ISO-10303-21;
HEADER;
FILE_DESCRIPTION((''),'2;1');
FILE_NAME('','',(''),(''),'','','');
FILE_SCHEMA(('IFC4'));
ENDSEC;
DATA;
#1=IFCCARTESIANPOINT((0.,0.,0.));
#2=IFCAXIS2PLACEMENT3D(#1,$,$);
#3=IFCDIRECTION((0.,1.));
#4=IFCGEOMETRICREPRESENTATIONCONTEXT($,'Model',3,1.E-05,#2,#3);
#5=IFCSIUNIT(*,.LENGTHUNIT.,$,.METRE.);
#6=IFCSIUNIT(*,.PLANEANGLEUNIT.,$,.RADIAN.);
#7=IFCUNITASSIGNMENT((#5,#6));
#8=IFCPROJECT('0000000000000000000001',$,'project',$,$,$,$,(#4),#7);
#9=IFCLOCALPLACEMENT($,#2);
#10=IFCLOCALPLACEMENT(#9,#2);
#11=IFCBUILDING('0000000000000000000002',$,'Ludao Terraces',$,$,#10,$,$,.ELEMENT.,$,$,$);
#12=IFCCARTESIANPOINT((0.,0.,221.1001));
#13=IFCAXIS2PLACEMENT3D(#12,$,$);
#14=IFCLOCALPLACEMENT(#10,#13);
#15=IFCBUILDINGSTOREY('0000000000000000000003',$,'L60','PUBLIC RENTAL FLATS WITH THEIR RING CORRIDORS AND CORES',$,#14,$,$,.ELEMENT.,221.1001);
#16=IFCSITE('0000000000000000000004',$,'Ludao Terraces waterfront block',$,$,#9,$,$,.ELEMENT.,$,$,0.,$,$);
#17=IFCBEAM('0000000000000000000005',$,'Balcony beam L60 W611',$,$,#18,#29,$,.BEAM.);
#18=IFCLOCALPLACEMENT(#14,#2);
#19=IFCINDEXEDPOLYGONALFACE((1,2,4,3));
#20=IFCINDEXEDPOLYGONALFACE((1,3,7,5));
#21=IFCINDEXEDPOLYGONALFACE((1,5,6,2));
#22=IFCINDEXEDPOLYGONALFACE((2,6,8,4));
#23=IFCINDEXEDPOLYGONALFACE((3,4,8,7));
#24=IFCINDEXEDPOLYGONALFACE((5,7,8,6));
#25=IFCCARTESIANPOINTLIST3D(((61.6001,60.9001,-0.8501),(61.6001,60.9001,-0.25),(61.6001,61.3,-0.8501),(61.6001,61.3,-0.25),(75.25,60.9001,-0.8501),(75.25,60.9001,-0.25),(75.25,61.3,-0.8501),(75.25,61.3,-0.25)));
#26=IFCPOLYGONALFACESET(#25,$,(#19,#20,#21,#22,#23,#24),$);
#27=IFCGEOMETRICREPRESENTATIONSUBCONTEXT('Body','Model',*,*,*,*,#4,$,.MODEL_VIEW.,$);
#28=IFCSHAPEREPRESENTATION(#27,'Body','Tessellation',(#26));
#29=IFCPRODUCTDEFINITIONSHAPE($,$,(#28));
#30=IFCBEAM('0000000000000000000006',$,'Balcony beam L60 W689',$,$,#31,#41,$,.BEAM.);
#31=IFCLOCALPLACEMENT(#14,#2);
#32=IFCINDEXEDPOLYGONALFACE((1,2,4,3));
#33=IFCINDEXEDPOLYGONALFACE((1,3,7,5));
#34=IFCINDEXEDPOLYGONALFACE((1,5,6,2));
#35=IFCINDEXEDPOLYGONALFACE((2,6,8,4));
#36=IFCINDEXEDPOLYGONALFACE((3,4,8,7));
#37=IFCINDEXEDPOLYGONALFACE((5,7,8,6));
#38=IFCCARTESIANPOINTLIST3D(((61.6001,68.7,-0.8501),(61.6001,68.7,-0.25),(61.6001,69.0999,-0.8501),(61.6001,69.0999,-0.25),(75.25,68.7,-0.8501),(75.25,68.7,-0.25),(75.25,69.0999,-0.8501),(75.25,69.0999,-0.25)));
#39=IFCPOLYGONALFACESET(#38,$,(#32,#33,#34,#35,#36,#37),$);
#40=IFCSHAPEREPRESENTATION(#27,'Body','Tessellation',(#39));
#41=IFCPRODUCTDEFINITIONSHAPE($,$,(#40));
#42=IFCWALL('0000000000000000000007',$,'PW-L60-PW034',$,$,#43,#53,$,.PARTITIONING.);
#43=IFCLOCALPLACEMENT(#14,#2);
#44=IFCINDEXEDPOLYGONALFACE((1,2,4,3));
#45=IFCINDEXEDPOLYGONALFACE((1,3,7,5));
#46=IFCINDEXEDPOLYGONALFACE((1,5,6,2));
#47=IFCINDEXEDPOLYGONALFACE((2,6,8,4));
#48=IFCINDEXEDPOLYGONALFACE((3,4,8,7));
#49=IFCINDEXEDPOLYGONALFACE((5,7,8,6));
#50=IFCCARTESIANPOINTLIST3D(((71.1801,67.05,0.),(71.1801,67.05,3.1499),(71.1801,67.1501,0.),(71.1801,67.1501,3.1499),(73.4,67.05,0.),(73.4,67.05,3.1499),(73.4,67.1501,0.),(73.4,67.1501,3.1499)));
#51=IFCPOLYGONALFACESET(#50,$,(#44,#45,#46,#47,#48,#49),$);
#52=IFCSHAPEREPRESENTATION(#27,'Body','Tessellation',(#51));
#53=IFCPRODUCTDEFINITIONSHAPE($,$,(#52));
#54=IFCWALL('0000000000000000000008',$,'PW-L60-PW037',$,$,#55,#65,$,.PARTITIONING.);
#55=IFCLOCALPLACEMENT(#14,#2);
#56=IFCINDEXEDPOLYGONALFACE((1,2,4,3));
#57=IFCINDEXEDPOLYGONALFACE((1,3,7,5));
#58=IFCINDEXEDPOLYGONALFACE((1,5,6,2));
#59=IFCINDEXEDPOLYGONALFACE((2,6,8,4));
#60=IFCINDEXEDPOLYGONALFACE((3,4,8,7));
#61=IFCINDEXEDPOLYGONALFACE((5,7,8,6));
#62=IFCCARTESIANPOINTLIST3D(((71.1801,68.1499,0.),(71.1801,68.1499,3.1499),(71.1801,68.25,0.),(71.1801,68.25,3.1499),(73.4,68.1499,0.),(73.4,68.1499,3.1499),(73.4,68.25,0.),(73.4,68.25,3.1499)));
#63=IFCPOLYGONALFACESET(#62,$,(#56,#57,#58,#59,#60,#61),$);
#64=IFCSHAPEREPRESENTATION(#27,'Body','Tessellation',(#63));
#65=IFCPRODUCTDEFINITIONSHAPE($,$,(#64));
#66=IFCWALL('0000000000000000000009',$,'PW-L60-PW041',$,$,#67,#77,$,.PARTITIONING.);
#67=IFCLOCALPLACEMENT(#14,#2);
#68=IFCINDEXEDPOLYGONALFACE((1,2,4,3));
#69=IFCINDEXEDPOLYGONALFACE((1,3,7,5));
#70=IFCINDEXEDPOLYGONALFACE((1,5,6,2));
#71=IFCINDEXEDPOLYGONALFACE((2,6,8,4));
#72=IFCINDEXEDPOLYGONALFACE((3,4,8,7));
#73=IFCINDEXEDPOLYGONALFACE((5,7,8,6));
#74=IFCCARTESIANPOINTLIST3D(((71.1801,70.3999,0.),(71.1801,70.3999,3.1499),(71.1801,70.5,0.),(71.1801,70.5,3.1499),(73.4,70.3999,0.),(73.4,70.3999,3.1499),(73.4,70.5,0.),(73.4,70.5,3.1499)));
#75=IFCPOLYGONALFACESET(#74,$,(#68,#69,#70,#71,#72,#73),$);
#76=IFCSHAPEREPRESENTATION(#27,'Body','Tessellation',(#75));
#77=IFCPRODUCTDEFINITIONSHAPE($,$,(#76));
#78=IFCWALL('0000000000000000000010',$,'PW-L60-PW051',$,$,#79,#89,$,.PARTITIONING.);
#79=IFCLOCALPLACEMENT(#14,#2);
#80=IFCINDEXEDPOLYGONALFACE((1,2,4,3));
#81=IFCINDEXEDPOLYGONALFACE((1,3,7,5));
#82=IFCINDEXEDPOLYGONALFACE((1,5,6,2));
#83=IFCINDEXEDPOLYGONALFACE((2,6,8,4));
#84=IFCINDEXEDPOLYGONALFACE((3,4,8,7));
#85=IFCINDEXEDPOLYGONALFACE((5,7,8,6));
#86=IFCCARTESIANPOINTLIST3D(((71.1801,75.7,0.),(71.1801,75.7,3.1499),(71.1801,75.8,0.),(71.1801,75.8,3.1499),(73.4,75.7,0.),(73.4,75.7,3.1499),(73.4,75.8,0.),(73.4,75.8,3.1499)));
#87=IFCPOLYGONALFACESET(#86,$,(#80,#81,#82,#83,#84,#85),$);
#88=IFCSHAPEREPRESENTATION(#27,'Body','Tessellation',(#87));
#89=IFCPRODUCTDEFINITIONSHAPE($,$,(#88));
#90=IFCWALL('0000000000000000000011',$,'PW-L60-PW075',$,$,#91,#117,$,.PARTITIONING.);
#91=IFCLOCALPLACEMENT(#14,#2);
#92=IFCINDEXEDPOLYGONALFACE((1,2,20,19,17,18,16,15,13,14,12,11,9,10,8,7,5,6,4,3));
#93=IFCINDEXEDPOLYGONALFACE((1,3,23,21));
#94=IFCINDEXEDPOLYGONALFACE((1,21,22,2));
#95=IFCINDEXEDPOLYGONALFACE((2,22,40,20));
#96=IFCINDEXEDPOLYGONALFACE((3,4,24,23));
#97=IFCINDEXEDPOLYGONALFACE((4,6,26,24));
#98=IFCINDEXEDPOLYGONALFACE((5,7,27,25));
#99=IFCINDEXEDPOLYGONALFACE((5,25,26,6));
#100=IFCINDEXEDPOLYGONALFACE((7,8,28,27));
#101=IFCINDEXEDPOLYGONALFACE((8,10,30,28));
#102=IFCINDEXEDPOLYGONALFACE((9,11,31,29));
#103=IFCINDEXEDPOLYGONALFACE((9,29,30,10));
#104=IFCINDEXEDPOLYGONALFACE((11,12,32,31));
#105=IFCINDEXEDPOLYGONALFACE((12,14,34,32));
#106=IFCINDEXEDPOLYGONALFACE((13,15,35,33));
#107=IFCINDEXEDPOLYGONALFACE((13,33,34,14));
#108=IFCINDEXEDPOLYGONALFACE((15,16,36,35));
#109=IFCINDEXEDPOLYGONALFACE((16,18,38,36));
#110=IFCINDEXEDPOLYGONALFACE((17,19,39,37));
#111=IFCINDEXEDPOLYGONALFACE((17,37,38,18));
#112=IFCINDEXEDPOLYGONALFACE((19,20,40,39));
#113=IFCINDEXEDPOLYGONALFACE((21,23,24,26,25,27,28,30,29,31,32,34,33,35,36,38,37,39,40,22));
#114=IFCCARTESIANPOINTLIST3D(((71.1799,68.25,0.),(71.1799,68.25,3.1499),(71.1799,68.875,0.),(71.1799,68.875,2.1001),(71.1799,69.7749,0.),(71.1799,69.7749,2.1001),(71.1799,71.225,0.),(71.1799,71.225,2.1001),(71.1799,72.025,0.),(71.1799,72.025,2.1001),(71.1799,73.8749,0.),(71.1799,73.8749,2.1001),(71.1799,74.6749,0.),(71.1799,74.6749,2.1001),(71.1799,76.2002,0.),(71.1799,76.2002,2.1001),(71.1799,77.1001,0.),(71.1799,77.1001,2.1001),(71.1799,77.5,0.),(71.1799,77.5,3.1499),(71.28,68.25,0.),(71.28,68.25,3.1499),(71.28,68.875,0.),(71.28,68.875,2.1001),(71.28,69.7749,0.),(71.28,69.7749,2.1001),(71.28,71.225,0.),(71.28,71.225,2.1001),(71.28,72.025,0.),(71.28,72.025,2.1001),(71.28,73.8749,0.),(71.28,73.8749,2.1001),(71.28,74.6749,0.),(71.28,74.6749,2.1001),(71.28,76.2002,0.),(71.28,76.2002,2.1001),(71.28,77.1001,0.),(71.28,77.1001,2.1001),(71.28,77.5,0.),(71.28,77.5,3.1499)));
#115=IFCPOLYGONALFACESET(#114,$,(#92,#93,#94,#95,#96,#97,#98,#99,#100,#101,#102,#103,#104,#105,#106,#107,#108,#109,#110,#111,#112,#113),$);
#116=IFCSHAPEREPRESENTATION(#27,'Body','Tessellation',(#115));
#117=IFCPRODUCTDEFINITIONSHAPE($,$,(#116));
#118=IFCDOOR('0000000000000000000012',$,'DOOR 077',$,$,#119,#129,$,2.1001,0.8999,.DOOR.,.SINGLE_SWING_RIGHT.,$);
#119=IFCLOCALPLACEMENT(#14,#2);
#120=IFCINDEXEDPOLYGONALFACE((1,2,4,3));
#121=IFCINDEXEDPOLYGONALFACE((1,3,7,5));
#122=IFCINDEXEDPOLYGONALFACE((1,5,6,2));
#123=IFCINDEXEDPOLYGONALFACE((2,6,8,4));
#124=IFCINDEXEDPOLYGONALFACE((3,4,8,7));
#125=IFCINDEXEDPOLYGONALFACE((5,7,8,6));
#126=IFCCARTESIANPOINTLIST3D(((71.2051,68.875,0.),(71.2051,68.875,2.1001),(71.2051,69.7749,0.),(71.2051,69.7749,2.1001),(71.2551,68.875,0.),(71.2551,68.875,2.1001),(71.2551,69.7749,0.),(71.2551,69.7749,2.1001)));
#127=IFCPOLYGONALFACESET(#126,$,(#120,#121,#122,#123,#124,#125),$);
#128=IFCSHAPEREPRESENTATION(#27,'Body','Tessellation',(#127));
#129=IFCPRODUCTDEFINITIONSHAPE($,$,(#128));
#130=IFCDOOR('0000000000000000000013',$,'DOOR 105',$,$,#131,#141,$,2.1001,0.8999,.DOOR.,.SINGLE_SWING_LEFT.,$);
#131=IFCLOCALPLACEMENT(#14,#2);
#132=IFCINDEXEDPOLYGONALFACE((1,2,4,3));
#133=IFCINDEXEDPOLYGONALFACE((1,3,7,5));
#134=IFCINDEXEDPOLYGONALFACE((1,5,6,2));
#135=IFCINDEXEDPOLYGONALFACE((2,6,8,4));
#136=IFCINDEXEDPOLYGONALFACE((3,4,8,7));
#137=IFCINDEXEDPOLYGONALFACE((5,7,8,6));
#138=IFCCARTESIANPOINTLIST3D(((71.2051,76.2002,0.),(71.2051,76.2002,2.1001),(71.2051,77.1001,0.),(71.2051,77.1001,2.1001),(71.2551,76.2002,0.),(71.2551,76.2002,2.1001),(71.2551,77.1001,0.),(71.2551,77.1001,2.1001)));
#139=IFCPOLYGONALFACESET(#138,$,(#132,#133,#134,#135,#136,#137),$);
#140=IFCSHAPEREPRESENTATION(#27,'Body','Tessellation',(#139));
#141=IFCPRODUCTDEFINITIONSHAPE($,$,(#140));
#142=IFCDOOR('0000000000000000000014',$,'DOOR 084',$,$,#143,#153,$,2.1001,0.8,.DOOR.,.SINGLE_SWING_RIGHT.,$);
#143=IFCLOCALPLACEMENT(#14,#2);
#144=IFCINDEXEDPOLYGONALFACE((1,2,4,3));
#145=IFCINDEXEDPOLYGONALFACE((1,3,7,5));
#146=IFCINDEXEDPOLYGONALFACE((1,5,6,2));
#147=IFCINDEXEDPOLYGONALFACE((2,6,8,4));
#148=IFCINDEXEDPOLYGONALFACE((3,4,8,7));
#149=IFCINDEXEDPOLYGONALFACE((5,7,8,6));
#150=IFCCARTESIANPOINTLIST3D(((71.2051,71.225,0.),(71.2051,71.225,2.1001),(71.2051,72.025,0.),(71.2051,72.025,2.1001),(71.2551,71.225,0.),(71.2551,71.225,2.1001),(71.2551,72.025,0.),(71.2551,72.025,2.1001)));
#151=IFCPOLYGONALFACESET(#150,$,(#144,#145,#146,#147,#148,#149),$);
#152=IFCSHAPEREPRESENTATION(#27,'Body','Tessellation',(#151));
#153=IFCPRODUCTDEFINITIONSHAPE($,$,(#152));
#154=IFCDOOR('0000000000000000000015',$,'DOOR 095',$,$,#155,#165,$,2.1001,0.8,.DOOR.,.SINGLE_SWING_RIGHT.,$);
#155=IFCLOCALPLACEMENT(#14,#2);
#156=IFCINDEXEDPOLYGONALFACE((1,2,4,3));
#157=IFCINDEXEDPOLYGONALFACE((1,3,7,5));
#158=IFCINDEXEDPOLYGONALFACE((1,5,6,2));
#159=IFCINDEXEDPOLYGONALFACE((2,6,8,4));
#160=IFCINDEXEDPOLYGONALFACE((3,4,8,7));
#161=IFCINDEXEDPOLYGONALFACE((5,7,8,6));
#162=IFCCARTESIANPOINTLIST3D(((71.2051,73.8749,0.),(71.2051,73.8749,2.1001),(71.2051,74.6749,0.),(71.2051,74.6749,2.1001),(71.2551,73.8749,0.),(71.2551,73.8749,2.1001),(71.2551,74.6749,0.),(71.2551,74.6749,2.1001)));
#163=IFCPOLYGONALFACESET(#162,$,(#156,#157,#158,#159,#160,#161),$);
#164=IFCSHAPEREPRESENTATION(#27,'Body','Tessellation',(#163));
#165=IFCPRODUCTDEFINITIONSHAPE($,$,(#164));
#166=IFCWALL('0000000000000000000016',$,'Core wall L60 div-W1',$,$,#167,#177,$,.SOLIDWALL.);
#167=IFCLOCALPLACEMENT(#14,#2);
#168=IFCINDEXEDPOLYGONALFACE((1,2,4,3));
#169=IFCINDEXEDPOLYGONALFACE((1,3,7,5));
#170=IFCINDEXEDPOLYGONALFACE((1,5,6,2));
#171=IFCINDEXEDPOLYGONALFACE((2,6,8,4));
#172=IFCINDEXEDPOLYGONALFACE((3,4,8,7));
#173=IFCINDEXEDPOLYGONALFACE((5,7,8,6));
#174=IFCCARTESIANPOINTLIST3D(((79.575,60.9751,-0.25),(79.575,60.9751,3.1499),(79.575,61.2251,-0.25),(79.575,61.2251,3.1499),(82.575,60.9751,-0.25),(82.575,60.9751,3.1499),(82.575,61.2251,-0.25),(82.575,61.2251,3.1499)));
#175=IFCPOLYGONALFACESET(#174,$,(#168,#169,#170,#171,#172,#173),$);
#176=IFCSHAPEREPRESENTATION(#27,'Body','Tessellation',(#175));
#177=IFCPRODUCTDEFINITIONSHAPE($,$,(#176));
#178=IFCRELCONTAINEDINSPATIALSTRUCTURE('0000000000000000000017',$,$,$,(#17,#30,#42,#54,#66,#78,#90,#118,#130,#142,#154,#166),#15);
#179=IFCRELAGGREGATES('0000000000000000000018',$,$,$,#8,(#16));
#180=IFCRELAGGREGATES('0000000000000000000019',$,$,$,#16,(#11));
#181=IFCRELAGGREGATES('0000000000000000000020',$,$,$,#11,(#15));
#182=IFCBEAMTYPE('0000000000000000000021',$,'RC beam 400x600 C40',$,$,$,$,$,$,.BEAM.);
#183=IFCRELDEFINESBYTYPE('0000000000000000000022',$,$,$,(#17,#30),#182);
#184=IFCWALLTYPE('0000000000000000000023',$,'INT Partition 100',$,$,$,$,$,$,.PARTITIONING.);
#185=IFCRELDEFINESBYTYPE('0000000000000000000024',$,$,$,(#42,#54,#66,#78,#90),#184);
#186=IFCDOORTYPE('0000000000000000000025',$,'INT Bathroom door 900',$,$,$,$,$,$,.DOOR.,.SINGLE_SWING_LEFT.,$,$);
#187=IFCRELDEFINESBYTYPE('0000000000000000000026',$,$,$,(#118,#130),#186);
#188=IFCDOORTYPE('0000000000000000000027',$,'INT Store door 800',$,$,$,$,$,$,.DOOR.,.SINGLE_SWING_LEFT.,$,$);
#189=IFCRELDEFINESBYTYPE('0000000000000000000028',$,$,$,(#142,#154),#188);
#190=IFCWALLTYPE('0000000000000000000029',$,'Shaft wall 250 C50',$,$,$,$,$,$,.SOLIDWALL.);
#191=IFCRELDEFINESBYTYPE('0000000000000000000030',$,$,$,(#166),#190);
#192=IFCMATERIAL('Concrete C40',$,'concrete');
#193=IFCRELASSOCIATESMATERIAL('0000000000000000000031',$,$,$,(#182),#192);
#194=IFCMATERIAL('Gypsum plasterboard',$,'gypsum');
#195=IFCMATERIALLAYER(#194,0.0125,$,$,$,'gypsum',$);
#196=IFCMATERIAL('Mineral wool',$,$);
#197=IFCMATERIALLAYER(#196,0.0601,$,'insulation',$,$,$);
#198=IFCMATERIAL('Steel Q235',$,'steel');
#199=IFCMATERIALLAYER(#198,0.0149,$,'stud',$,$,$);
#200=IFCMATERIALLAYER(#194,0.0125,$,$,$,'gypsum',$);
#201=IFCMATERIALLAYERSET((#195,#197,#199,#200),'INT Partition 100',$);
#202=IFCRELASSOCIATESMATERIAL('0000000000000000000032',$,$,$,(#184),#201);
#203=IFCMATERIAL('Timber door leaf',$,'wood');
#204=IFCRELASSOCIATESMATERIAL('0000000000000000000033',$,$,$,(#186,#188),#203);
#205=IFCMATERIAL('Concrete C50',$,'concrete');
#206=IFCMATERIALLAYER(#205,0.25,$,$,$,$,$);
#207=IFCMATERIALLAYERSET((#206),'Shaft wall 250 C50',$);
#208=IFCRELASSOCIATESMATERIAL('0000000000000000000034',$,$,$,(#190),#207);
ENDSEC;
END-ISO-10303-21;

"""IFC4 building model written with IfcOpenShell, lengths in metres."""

from ifc_helpers import new_model, si_unit, direction, frame, frame_2d, origin, origin_2d, place, context, subcontext, project, spatial, rectangle, extrude, material, layer, layer_set, material_profile, profile_set, type_object, element, fill, save


model = new_model("IFC4")

# Units and contexts
model_context = context("Model", 3, precision=1e-05, world=origin(), true_north=direction((0.0, 1.0)))
body_context = subcontext(model_context, "Body", "Model", "MODEL_VIEW")
ifc_project = project(units=[si_unit("LENGTHUNIT", "METRE"), si_unit("PLANEANGLEUNIT", "RADIAN")], contexts=[model_context])

# Site, building, storey
site_placement = place(None, origin())
site = spatial("IfcSite", under=ifc_project, at=site_placement, Name="Ludao Terraces waterfront block", CompositionType="ELEMENT", RefElevation=0.0)
building_placement = place(site_placement, origin())
building = spatial("IfcBuilding", under=site, at=building_placement, Name="Ludao Terraces", CompositionType="ELEMENT")
storey_placement = place(building_placement, frame((0.0, 0.0, 221.1001)))
storey = spatial("IfcBuildingStorey", under=building, at=storey_placement, Name="L60", Description="PUBLIC RENTAL FLATS WITH THEIR RING CORRIDORS AND CORES", CompositionType="ELEMENT", Elevation=221.1001)

# Beams
ifc_material_1 = material(Name="Concrete C40", Category="concrete")
ifc_material_profile = material_profile(ifc_material_1, rectangle(XDim=0.3999, YDim=0.6001, at=origin_2d()), Name="400 X 600")
ifc_profile_set = profile_set([ifc_material_profile], Name="Concrete C40")
beam_type = type_object("IfcBeamType", Name="RC beam 400x600 C40", PredefinedType="BEAM", material=ifc_profile_set)
for number, where, z_axis, x_axis, name in (
    (1, (75.25, 61.1001, -0.55), (-1.0, 0.0, 0.0), (0.0, -1.0, 0.0), "Balcony beam L60 W611"),
    (2, (75.25, 68.8999, -0.55), (-1.0, 0.0, 0.0), (0.0, -1.0, 0.0), "Balcony beam L60 W689"),
):
    element("IfcBeam", number, at=place(storey_placement, frame(where, z_axis=z_axis, x_axis=x_axis)), inside=storey, type_object=beam_type, Name=name, PredefinedType="BEAM", context=body_context, shape_type="SweptSolid", body=[
        extrude(rectangle(XDim=0.3999, YDim=0.6001, at=origin_2d()), origin(), (0.0, 0.0, 1.0), 13.6499),
    ])

# Walls
ifc_material_2 = material(Name="Gypsum plasterboard", Category="gypsum")
ifc_layer_1 = layer(ifc_material_2, 0.0125, Category="gypsum")
ifc_material_3 = material(Name="Mineral wool")
ifc_layer_2 = layer(ifc_material_3, 0.0601, Name="insulation")
ifc_material_4 = material(Name="Steel Q235", Category="steel")
ifc_layer_3 = layer(ifc_material_4, 0.0149, Name="stud")
ifc_layer_4 = layer(ifc_material_2, 0.0125, Category="gypsum")
ifc_layer_set_1 = layer_set([ifc_layer_1, ifc_layer_2, ifc_layer_3, ifc_layer_4], Name="INT Partition 100")
wall_type_1 = type_object("IfcWallType", Name="INT Partition 100", PredefinedType="PARTITIONING", material=ifc_layer_set_1)
for number, where, z_axis, x_axis, name in (
    (3, (71.1802, 67.1001, 0.0), (0.0, 0.0, 1.0), (1.0, 0.0, 0.0), "PW-L60-PW034"),
    (4, (71.1802, 68.2, 0.0), (0.0, 0.0, 1.0), (1.0, 0.0, 0.0), "PW-L60-PW037"),
    (5, (71.1802, 70.45, 0.0), (0.0, 0.0, 1.0), (1.0, 0.0, 0.0), "PW-L60-PW041"),
    (6, (71.1802, 75.75, 0.0), (0.0, 0.0, 1.0), (1.0, 0.0, 0.0), "PW-L60-PW051"),
):
    element("IfcWall", number, at=place(storey_placement, frame(where, z_axis=z_axis, x_axis=x_axis)), inside=storey, type_object=wall_type_1, Name=name, PredefinedType="PARTITIONING", context=body_context, shape_type="SweptSolid", body=[
        extrude(rectangle(XDim=2.22, YDim=0.1001, at=frame_2d((1.1099, 0.0))), origin(), (0.0, 0.0, 1.0), 3.1499),
    ])

# Wall, openings, doors
wall_1_placement = place(storey_placement, frame((71.23, 68.25, 0.0), z_axis=(0.0, 0.0, 1.0), x_axis=(0.0, 1.0, 0.0)))
wall_1 = element("IfcWall", 7, at=wall_1_placement, inside=storey, type_object=wall_type_1, Name="PW-L60-PW075", PredefinedType="PARTITIONING", context=body_context, shape_type="SweptSolid", body=[
    extrude(rectangle(XDim=9.25, YDim=0.1001, at=frame_2d((4.625, 0.0))), origin(), (0.0, 0.0, 1.0), 3.1499),
])
opening_1_placement = place(wall_1_placement, frame((0.625, 0.0, 0.0)))
opening_1 = element("IfcOpeningElement", 8, at=opening_1_placement, cuts=wall_1, PredefinedType="OPENING", context=body_context, shape_type="SweptSolid", body=[
    extrude(rectangle(XDim=0.8999, YDim=2.1001, at=frame_2d((0.45, 1.05))), frame((0.0, 0.0601, 0.0), z_axis=(0.0, -1.0, 0.0), x_axis=(1.0, 0.0, 0.0)), (0.0, 0.0, 1.0), 0.1201),
])
opening_2_placement = place(wall_1_placement, frame((2.9751, 0.0, 0.0)))
opening_2 = element("IfcOpeningElement", 9, at=opening_2_placement, cuts=wall_1, PredefinedType="OPENING", context=body_context, shape_type="SweptSolid", body=[
    extrude(rectangle(XDim=0.8, YDim=2.1001, at=frame_2d((0.3999, 1.05))), frame((0.0, 0.0601, 0.0), z_axis=(0.0, -1.0, 0.0), x_axis=(1.0, 0.0, 0.0)), (0.0, 0.0, 1.0), 0.1201),
])
opening_3_placement = place(wall_1_placement, frame((5.625, 0.0, 0.0)))
opening_3 = element("IfcOpeningElement", 10, at=opening_3_placement, cuts=wall_1, PredefinedType="OPENING", context=body_context, shape_type="SweptSolid", body=[
    extrude(rectangle(XDim=0.8, YDim=2.1001, at=frame_2d((0.3999, 1.05))), frame((0.0, 0.0601, 0.0), z_axis=(0.0, -1.0, 0.0), x_axis=(1.0, 0.0, 0.0)), (0.0, 0.0, 1.0), 0.1201),
])
opening_4_placement = place(wall_1_placement, frame((7.9502, 0.0, 0.0)))
opening_4 = element("IfcOpeningElement", 11, at=opening_4_placement, cuts=wall_1, PredefinedType="OPENING", context=body_context, shape_type="SweptSolid", body=[
    extrude(rectangle(XDim=0.8999, YDim=2.1001, at=frame_2d((0.45, 1.05))), frame((0.0, 0.0601, 0.0), z_axis=(0.0, -1.0, 0.0), x_axis=(1.0, 0.0, 0.0)), (0.0, 0.0, 1.0), 0.1201),
])
ifc_material_5 = material(Name="Timber door leaf", Category="wood")
door_type_1 = type_object("IfcDoorType", Name="INT Bathroom door 900", OperationType="SINGLE_SWING_LEFT", PredefinedType="DOOR", material=ifc_material_5)
door_1_placement = place(opening_1_placement, origin())
door_1 = element("IfcDoor", 12, at=door_1_placement, inside=storey, type_object=door_type_1, Name="DOOR 077", OperationType="SINGLE_SWING_RIGHT", OverallHeight=2.1001, OverallWidth=0.8999, PredefinedType="DOOR", context=body_context, shape_type="SweptSolid", body=[
    extrude(rectangle(XDim=0.8999, YDim=2.1001, at=frame_2d((0.45, 1.05))), frame((0.0, 0.0249, 0.0), z_axis=(0.0, -1.0, 0.0), x_axis=(1.0, 0.0, 0.0)), (0.0, 0.0, 1.0), 0.05),
])
fill(opening_1, door_1)
door_2_placement = place(opening_4_placement, origin())
door_2 = element("IfcDoor", 13, at=door_2_placement, inside=storey, type_object=door_type_1, Name="DOOR 105", OperationType="SINGLE_SWING_LEFT", OverallHeight=2.1001, OverallWidth=0.8999, PredefinedType="DOOR", context=body_context, shape_type="SweptSolid", body=[
    extrude(rectangle(XDim=0.8999, YDim=2.1001, at=frame_2d((0.45, 1.05))), frame((0.0, 0.0249, 0.0), z_axis=(0.0, -1.0, 0.0), x_axis=(1.0, 0.0, 0.0)), (0.0, 0.0, 1.0), 0.05),
])
fill(opening_4, door_2)
door_type_2 = type_object("IfcDoorType", Name="INT Store door 800", OperationType="SINGLE_SWING_LEFT", PredefinedType="DOOR", material=ifc_material_5)
door_3_placement = place(opening_2_placement, origin())
door_3 = element("IfcDoor", 14, at=door_3_placement, inside=storey, type_object=door_type_2, Name="DOOR 084", OperationType="SINGLE_SWING_RIGHT", OverallHeight=2.1001, OverallWidth=0.8, PredefinedType="DOOR", context=body_context, shape_type="SweptSolid", body=[
    extrude(rectangle(XDim=0.8, YDim=2.1001, at=frame_2d((0.3999, 1.05))), frame((0.0, 0.0249, 0.0), z_axis=(0.0, -1.0, 0.0), x_axis=(1.0, 0.0, 0.0)), (0.0, 0.0, 1.0), 0.05),
])
fill(opening_2, door_3)
door_4_placement = place(opening_3_placement, origin())
door_4 = element("IfcDoor", 15, at=door_4_placement, inside=storey, type_object=door_type_2, Name="DOOR 095", OperationType="SINGLE_SWING_RIGHT", OverallHeight=2.1001, OverallWidth=0.8, PredefinedType="DOOR", context=body_context, shape_type="SweptSolid", body=[
    extrude(rectangle(XDim=0.8, YDim=2.1001, at=frame_2d((0.3999, 1.05))), frame((0.0, 0.0249, 0.0), z_axis=(0.0, -1.0, 0.0), x_axis=(1.0, 0.0, 0.0)), (0.0, 0.0, 1.0), 0.05),
])
fill(opening_3, door_4)

# Wall
ifc_material_6 = material(Name="Concrete C50", Category="concrete")
ifc_layer_5 = layer(ifc_material_6, 0.25)
ifc_layer_set_2 = layer_set([ifc_layer_5], Name="Shaft wall 250 C50")
wall_type_2 = type_object("IfcWallType", Name="Shaft wall 250 C50", PredefinedType="SOLIDWALL", material=ifc_layer_set_2)
wall_2_placement = place(storey_placement, frame((79.575, 61.1001, -0.25), z_axis=(0.0, 0.0, 1.0), x_axis=(1.0, 0.0, 0.0)))
element("IfcWall", 16, at=wall_2_placement, inside=storey, type_object=wall_type_2, Name="Core wall L60 div-W1", PredefinedType="SOLIDWALL", context=body_context, shape_type="SweptSolid", body=[
    extrude(rectangle(XDim=3.0, YDim=0.25, at=frame_2d((1.5, 0.0))), origin(), (0.0, 0.0, 1.0), 3.3999),
])

save(model, "model.ifc")
